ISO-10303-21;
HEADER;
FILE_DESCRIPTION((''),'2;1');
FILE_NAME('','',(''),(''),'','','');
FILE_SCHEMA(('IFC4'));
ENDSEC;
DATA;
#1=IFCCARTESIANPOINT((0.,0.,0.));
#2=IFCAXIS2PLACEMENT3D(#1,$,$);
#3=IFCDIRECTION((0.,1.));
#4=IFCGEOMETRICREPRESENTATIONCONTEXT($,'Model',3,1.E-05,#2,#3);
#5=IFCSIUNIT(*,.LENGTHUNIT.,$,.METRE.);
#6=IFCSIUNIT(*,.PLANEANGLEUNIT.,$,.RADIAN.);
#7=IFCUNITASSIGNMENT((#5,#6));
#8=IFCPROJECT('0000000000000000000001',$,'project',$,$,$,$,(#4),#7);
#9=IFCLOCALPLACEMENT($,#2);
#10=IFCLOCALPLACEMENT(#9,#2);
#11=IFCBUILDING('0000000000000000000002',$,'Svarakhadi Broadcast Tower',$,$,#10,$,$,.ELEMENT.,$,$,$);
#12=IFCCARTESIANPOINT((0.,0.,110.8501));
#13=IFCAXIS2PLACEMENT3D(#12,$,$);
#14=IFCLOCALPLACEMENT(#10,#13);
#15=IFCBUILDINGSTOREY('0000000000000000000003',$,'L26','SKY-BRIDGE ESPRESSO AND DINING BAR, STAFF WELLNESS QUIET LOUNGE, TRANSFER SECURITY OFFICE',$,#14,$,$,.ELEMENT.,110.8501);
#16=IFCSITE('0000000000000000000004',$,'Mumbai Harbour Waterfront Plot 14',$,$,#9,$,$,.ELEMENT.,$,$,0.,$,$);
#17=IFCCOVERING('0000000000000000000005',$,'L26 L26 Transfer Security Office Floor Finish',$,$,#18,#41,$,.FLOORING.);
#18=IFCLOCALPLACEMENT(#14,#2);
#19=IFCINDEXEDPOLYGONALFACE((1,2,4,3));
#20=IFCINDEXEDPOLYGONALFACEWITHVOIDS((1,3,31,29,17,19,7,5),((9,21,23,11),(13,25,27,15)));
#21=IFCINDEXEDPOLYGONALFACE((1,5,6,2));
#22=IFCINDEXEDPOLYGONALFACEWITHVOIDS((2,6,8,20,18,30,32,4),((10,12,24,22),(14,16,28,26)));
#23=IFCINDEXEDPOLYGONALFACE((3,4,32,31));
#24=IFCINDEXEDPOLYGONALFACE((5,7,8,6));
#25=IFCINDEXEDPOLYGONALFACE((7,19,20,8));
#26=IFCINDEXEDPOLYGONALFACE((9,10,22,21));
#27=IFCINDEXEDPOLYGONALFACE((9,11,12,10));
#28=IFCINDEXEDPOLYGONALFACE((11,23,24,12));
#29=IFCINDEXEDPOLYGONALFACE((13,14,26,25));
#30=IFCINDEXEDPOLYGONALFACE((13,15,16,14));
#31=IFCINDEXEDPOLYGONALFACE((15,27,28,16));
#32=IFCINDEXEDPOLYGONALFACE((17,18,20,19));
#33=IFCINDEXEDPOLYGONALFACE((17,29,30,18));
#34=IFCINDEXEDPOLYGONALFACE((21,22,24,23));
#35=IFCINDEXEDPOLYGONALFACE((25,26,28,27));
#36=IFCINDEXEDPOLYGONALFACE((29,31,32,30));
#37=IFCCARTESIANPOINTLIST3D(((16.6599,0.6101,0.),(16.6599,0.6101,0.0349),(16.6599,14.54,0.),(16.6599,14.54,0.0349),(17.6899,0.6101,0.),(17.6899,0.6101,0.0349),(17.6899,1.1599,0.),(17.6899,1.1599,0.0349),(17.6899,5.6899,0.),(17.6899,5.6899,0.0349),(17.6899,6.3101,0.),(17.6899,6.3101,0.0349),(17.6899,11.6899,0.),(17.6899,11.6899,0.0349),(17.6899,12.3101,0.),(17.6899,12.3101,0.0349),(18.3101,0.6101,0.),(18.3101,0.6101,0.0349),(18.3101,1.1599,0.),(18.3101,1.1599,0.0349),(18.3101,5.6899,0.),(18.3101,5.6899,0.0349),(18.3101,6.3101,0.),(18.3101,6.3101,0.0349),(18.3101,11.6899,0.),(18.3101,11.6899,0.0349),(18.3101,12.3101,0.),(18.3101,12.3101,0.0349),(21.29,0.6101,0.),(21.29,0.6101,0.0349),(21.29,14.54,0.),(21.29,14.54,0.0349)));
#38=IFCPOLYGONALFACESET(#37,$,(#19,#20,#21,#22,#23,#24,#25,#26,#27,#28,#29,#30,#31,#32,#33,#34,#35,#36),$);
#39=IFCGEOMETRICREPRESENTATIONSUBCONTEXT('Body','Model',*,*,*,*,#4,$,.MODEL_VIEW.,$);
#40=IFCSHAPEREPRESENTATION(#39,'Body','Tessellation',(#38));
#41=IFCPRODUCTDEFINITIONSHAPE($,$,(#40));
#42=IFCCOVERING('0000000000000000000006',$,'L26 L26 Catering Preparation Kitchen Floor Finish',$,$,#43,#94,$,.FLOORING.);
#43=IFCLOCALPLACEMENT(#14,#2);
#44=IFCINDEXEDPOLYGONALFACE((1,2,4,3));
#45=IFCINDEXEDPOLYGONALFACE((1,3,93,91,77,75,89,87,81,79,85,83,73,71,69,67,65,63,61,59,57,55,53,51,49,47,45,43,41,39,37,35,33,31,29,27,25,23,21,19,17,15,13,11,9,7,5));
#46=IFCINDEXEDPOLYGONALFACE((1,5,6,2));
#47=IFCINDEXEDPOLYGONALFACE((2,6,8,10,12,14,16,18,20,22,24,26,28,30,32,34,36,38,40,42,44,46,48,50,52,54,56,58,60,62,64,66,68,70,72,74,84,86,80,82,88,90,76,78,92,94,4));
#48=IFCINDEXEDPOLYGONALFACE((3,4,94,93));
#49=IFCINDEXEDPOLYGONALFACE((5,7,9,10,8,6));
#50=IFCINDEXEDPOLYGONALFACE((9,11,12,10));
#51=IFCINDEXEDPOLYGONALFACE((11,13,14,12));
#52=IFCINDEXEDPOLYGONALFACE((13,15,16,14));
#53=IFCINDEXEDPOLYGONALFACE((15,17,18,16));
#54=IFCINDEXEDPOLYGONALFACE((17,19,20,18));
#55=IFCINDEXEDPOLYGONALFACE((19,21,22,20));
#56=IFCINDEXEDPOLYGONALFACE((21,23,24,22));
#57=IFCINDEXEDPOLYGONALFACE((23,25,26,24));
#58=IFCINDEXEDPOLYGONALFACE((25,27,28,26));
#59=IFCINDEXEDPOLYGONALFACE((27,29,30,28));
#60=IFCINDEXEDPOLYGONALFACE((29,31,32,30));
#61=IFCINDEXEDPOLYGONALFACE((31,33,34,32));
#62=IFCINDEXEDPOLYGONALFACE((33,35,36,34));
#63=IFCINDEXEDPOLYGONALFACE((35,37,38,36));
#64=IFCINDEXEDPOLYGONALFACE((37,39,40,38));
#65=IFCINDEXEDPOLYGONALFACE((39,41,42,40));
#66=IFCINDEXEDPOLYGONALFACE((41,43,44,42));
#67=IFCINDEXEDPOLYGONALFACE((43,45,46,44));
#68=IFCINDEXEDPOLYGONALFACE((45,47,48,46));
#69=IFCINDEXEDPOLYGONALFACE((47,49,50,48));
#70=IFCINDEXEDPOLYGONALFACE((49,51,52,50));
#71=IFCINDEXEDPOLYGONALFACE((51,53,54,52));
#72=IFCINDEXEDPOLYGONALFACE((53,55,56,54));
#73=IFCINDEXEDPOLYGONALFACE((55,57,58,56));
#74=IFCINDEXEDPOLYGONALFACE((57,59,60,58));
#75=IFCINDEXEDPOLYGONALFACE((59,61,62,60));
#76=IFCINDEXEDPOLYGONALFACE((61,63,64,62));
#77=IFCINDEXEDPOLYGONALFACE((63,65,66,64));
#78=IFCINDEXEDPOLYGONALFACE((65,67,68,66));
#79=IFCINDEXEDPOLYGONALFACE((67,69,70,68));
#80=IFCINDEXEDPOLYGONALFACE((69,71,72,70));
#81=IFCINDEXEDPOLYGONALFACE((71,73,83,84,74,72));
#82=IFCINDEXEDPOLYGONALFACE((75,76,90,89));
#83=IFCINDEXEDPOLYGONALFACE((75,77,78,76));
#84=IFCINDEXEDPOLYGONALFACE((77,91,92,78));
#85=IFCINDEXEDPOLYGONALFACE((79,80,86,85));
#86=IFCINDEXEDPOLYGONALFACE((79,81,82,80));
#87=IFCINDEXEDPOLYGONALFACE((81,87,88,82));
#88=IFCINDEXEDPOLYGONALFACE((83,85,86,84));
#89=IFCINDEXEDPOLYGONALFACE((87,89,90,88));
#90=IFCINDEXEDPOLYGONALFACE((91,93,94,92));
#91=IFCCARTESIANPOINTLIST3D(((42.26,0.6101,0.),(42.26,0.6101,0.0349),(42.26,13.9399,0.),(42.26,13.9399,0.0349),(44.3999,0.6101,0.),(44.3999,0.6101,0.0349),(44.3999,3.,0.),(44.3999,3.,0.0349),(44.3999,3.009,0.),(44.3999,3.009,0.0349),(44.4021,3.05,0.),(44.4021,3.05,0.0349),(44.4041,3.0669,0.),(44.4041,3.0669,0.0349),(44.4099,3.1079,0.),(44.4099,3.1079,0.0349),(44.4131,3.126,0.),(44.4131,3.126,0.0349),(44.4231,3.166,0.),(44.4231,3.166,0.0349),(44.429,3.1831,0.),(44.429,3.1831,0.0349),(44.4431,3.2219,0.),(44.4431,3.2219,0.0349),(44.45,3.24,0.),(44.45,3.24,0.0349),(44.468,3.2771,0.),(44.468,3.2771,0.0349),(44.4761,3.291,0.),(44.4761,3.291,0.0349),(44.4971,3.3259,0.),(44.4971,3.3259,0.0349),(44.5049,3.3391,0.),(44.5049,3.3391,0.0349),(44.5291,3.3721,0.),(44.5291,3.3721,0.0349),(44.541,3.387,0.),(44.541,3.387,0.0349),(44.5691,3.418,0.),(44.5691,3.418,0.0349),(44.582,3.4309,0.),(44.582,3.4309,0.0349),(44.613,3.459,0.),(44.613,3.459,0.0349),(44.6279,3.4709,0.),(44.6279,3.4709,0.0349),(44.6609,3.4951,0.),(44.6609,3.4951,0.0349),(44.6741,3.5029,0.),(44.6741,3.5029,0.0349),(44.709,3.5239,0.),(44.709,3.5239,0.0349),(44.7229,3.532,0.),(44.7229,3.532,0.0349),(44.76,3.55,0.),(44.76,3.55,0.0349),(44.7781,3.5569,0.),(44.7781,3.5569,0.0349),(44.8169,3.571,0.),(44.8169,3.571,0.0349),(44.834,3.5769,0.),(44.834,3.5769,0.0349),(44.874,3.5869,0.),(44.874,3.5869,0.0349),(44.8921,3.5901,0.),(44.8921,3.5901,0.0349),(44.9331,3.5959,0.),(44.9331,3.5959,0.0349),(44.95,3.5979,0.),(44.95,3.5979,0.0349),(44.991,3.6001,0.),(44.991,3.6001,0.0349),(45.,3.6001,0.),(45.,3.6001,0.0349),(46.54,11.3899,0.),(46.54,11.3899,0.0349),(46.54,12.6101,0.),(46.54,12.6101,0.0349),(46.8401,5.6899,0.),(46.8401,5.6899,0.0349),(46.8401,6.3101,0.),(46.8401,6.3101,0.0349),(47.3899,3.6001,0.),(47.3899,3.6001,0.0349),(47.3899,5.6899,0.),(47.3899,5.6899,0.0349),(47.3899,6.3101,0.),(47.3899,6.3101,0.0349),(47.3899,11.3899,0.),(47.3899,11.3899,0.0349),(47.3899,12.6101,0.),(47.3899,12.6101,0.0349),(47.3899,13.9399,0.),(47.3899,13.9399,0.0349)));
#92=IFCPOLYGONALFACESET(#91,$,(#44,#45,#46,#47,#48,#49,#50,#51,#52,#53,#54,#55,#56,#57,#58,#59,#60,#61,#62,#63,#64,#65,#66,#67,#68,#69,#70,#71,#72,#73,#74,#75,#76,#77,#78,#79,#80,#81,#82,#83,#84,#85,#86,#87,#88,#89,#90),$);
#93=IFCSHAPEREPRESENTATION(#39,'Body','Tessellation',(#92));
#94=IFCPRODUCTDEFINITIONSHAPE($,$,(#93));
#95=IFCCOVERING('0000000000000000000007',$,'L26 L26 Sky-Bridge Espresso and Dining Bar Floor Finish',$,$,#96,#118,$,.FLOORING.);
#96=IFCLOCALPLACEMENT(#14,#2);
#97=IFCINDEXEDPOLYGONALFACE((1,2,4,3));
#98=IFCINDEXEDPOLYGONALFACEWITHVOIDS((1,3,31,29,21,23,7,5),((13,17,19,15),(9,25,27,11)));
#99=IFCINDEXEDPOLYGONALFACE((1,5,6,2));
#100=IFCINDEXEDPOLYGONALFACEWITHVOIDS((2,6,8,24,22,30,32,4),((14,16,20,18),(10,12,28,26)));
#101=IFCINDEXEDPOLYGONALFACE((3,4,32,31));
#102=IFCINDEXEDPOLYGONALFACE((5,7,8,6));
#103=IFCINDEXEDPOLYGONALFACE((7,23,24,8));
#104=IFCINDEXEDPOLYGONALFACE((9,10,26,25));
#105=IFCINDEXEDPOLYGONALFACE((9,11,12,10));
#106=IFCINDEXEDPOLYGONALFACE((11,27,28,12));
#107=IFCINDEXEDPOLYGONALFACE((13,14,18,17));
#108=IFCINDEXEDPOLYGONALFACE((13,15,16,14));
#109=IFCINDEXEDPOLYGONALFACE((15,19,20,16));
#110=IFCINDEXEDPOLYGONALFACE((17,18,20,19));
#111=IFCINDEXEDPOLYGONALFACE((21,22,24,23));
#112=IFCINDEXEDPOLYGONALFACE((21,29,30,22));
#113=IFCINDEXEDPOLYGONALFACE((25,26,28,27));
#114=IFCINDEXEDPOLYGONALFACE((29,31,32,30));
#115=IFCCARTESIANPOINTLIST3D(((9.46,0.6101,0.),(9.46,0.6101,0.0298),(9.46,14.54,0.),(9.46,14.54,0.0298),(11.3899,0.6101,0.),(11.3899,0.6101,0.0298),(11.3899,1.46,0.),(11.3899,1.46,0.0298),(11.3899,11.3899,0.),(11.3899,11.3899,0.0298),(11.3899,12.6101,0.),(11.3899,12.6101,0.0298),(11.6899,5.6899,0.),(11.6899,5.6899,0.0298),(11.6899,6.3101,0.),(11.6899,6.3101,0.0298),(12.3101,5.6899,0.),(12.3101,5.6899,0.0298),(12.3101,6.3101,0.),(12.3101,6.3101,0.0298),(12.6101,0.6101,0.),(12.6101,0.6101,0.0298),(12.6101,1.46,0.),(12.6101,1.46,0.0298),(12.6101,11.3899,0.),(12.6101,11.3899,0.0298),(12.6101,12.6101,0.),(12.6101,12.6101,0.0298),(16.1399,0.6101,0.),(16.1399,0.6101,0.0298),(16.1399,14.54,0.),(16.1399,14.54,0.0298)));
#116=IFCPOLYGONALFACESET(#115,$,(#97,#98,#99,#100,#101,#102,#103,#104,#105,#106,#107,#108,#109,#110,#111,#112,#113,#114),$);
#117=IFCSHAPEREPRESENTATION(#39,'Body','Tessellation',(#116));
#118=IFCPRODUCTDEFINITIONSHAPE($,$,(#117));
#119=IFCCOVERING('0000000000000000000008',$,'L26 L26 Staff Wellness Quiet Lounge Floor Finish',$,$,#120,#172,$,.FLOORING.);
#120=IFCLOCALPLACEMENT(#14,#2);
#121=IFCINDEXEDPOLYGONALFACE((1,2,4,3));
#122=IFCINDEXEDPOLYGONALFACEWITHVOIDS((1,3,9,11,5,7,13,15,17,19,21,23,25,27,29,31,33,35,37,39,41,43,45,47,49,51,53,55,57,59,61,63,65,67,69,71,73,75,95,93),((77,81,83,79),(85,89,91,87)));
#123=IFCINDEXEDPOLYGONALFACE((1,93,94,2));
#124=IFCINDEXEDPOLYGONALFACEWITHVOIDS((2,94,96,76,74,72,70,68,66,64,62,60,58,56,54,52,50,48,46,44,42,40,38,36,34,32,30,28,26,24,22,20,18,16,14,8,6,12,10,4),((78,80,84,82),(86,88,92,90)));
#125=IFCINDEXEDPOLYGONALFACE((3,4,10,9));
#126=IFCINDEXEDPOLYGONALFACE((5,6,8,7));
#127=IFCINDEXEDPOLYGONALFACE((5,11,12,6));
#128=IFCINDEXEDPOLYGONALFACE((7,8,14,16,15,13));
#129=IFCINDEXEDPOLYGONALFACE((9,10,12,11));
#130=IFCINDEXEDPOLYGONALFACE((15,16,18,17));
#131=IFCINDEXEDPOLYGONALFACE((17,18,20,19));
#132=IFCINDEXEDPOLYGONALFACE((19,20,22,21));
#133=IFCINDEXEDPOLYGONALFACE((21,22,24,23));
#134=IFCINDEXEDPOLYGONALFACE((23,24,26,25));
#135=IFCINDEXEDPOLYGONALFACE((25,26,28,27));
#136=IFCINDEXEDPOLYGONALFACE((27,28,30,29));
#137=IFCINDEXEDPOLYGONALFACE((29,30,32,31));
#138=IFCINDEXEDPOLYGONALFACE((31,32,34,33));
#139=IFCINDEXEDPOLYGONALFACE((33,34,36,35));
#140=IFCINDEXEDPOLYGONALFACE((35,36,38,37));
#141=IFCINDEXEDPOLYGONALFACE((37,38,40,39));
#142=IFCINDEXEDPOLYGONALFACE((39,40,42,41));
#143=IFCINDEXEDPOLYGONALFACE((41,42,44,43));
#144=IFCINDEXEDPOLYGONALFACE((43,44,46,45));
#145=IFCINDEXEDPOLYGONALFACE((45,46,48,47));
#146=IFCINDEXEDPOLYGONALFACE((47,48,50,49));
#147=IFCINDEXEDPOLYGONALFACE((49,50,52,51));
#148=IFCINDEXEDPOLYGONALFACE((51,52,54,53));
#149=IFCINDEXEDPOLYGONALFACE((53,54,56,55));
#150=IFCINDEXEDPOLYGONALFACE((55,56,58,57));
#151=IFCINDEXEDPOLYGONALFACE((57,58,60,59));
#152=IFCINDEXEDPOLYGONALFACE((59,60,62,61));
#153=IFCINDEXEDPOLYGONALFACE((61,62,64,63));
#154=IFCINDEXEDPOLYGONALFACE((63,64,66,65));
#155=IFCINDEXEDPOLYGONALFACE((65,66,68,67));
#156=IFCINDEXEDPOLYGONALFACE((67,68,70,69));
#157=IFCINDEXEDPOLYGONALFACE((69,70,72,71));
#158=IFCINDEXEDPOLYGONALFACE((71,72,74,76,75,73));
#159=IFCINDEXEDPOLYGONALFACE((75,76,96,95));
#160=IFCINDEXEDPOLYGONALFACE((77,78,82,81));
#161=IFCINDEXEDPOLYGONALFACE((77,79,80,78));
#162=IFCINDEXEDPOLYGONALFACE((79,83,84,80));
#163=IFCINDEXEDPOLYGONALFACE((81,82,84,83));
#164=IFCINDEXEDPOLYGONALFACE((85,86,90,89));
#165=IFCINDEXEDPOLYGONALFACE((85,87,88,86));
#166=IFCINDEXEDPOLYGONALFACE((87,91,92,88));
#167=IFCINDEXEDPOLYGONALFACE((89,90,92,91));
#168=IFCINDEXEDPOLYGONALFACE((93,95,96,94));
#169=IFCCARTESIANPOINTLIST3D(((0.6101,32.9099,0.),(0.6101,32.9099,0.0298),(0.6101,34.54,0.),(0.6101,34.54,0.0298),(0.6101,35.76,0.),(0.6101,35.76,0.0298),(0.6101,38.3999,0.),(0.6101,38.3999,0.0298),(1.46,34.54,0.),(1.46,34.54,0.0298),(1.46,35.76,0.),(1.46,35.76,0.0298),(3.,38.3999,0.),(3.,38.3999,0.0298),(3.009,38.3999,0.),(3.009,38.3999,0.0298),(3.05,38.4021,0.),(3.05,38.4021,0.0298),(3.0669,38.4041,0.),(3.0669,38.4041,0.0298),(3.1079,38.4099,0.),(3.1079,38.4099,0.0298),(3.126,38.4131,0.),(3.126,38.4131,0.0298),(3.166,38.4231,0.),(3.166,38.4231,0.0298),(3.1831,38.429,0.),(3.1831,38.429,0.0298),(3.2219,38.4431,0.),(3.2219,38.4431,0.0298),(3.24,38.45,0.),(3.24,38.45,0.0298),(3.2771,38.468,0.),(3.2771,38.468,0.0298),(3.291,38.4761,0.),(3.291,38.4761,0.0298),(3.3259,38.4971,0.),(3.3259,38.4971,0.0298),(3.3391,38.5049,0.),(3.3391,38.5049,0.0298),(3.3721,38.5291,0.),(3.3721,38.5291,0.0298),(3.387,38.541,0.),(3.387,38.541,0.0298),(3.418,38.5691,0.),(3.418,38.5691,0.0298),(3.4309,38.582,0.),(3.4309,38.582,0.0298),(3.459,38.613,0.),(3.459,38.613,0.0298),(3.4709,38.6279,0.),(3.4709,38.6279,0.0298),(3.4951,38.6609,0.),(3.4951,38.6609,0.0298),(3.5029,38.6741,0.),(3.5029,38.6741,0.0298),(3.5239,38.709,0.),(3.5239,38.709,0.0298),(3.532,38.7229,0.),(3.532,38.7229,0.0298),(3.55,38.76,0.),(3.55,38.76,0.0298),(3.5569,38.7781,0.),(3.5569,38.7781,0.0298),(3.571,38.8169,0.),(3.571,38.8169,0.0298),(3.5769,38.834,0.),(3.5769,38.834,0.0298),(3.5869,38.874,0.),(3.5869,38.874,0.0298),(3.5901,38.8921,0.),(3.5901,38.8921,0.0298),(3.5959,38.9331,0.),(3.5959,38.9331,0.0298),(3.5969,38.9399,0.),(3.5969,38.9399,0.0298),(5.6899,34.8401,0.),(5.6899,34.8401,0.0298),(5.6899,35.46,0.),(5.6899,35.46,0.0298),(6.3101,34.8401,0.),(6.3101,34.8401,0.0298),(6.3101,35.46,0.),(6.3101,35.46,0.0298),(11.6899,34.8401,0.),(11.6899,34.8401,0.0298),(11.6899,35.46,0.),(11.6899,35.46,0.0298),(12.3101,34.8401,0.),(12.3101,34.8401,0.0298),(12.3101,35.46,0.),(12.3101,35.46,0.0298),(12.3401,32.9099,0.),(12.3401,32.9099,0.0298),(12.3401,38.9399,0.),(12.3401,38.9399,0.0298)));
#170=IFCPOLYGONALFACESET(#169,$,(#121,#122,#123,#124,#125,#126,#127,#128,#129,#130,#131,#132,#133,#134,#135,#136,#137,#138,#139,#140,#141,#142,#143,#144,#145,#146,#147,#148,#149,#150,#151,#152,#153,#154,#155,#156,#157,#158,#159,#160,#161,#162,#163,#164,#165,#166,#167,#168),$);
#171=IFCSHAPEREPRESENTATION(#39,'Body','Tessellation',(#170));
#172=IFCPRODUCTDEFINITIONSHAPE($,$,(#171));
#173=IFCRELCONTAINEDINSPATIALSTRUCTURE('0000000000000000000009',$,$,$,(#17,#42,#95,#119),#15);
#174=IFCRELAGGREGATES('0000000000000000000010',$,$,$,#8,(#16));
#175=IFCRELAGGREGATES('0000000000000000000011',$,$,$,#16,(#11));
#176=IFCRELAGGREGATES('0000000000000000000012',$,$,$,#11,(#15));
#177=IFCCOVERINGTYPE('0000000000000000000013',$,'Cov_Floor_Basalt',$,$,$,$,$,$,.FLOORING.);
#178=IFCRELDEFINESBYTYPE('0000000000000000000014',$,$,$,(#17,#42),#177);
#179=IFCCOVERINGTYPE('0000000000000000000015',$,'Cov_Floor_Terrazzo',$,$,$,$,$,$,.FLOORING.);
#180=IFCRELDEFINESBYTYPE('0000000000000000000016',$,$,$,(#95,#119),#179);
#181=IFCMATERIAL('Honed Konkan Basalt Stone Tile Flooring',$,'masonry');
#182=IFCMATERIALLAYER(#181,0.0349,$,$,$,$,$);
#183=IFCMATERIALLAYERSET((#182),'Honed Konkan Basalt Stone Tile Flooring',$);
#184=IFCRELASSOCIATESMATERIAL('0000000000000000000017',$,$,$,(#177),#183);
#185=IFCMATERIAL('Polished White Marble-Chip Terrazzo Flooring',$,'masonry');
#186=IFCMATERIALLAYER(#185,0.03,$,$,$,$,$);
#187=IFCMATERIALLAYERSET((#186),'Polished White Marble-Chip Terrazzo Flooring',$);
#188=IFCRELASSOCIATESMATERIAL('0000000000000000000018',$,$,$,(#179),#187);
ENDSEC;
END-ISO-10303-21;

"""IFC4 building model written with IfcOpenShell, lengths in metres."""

from ifc_helpers import new_model, si_unit, direction, frame, origin, place, context, subcontext, project, spatial, polyline, outline, extrude, material, layer, layer_set, type_object, element, save


model = new_model("IFC4")

# Units and contexts
model_context = context("Model", 3, precision=1e-05, world=origin(), true_north=direction((0.0, 1.0)))
body_context = subcontext(model_context, "Body", "Model", "MODEL_VIEW")
ifc_project = project(units=[si_unit("LENGTHUNIT", "METRE"), si_unit("PLANEANGLEUNIT", "RADIAN")], contexts=[model_context])

# Site, building, storey
site_placement = place(None, origin())
site = spatial("IfcSite", under=ifc_project, at=site_placement, Name="Mumbai Harbour Waterfront Plot 14", CompositionType="ELEMENT", RefElevation=0.0)
building_placement = place(site_placement, origin())
building = spatial("IfcBuilding", under=site, at=building_placement, Name="Svarakhadi Broadcast Tower", CompositionType="ELEMENT")
storey_placement = place(building_placement, frame((0.0, 0.0, 110.8501)))
storey = spatial("IfcBuildingStorey", under=building, at=storey_placement, Name="L26", Description="SKY-BRIDGE ESPRESSO AND DINING BAR, STAFF WELLNESS QUIET LOUNGE, TRANSFER SECURITY OFFICE", CompositionType="ELEMENT", Elevation=110.8501)

# Coverings
ifc_material_1 = material(Name="Honed Konkan Basalt Stone Tile Flooring", Category="masonry")
ifc_layer_1 = layer(ifc_material_1, 0.0349)
ifc_layer_set_1 = layer_set([ifc_layer_1], Name="Honed Konkan Basalt Stone Tile Flooring")
covering_type_1 = type_object("IfcCoveringType", Name="Cov_Floor_Basalt", PredefinedType="FLOORING", material=ifc_layer_set_1)
covering_1_placement = place(storey_placement, origin())
element("IfcCovering", 1, at=covering_1_placement, inside=storey, type_object=covering_type_1, Name="L26 L26 Transfer Security Office Floor Finish", PredefinedType="FLOORING", context=body_context, shape_type="SweptSolid", body=[
    extrude(outline(polyline([(21.29, 14.54), (21.29, 0.6101), (18.3101, 0.6101), (18.3101, 1.1599), (17.6899, 1.1599), (17.6899, 0.6101), (16.6599, 0.6101), (16.6599, 14.54), (21.29, 14.54)]), holes=[polyline([(17.6899, 5.6899), (18.3101, 5.6899), (18.3101, 6.3101), (17.6899, 6.3101), (17.6899, 5.6899)]), polyline([(17.6899, 11.6899), (18.3101, 11.6899), (18.3101, 12.3101), (17.6899, 12.3101), (17.6899, 11.6899)])]), origin(), (0.0, 0.0, 1.0), 0.0349),
])
covering_2_placement = place(storey_placement, origin())
element("IfcCovering", 2, at=covering_2_placement, inside=storey, type_object=covering_type_1, Name="L26 L26 Catering Preparation Kitchen Floor Finish", PredefinedType="FLOORING", context=body_context, shape_type="SweptSolid", body=[
    extrude(outline(polyline([(47.3899, 13.9399), (47.3899, 12.6101), (46.54, 12.6101), (46.54, 11.3899), (47.3899, 11.3899), (47.3899, 6.3101), (46.8401, 6.3101), (46.8401, 5.6899), (47.3899, 5.6899), (47.3899, 3.6001), (45.0, 3.6001), (44.991, 3.6001), (44.95, 3.5979), (44.9331, 3.5959), (44.8921, 3.5901), (44.874, 3.5869), (44.834, 3.5769), (44.8169, 3.571), (44.7781, 3.5569), (44.76, 3.55), (44.7229, 3.532), (44.709, 3.5239), (44.6741, 3.5029), (44.6609, 3.4951), (44.6279, 3.4709), (44.613, 3.459), (44.582, 3.4309), (44.5691, 3.418), (44.541, 3.387), (44.5291, 3.3721), (44.5049, 3.3391), (44.4971, 3.3259), (44.4761, 3.291), (44.468, 3.2771), (44.45, 3.24), (44.4431, 3.2219), (44.429, 3.1831), (44.4231, 3.166), (44.4131, 3.126), (44.4099, 3.1079), (44.4041, 3.0669), (44.4021, 3.05), (44.3999, 3.009), (44.3999, 3.0), (44.3999, 0.6101), (42.26, 0.6101), (42.26, 13.9399), (47.3899, 13.9399)])), origin(), (0.0, 0.0, 1.0), 0.0349),
])
ifc_material_2 = material(Name="Polished White Marble-Chip Terrazzo Flooring", Category="masonry")
ifc_layer_2 = layer(ifc_material_2, 0.03)
ifc_layer_set_2 = layer_set([ifc_layer_2], Name="Polished White Marble-Chip Terrazzo Flooring")
covering_type_2 = type_object("IfcCoveringType", Name="Cov_Floor_Terrazzo", PredefinedType="FLOORING", material=ifc_layer_set_2)
covering_3_placement = place(storey_placement, origin())
element("IfcCovering", 3, at=covering_3_placement, inside=storey, type_object=covering_type_2, Name="L26 L26 Sky-Bridge Espresso and Dining Bar Floor Finish", PredefinedType="FLOORING", context=body_context, shape_type="SweptSolid", body=[
    extrude(outline(polyline([(16.1399, 14.54), (16.1399, 0.6101), (12.6101, 0.6101), (12.6101, 1.46), (11.3899, 1.46), (11.3899, 0.6101), (9.46, 0.6101), (9.46, 14.54), (16.1399, 14.54)]), holes=[polyline([(11.6899, 5.6899), (12.3101, 5.6899), (12.3101, 6.3101), (11.6899, 6.3101), (11.6899, 5.6899)]), polyline([(11.3899, 11.3899), (12.6101, 11.3899), (12.6101, 12.6101), (11.3899, 12.6101), (11.3899, 11.3899)])]), origin(), (0.0, 0.0, 1.0), 0.0298),
])
covering_4_placement = place(storey_placement, origin())
element("IfcCovering", 4, at=covering_4_placement, inside=storey, type_object=covering_type_2, Name="L26 L26 Staff Wellness Quiet Lounge Floor Finish", PredefinedType="FLOORING", context=body_context, shape_type="SweptSolid", body=[
    extrude(outline(polyline([(12.3401, 38.9399), (12.3401, 32.9099), (0.6101, 32.9099), (0.6101, 34.54), (1.46, 34.54), (1.46, 35.76), (0.6101, 35.76), (0.6101, 38.3999), (3.0, 38.3999), (3.009, 38.3999), (3.05, 38.4021), (3.0669, 38.4041), (3.1079, 38.4099), (3.126, 38.4131), (3.166, 38.4231), (3.1831, 38.429), (3.2219, 38.4431), (3.24, 38.45), (3.2771, 38.468), (3.291, 38.4761), (3.3259, 38.4971), (3.3391, 38.5049), (3.3721, 38.5291), (3.387, 38.541), (3.418, 38.5691), (3.4309, 38.582), (3.459, 38.613), (3.4709, 38.6279), (3.4951, 38.6609), (3.5029, 38.6741), (3.5239, 38.709), (3.532, 38.7229), (3.55, 38.76), (3.5569, 38.7781), (3.571, 38.8169), (3.5769, 38.834), (3.5869, 38.874), (3.5901, 38.8921), (3.5959, 38.9331), (3.5969, 38.9399), (12.3401, 38.9399)]), holes=[polyline([(6.3101, 34.8401), (6.3101, 35.46), (5.6899, 35.46), (5.6899, 34.8401), (6.3101, 34.8401)]), polyline([(11.6899, 34.8401), (12.3101, 34.8401), (12.3101, 35.46), (11.6899, 35.46), (11.6899, 34.8401)])]), origin(), (0.0, 0.0, 1.0), 0.0298),
])

save(model, "model.ifc")
